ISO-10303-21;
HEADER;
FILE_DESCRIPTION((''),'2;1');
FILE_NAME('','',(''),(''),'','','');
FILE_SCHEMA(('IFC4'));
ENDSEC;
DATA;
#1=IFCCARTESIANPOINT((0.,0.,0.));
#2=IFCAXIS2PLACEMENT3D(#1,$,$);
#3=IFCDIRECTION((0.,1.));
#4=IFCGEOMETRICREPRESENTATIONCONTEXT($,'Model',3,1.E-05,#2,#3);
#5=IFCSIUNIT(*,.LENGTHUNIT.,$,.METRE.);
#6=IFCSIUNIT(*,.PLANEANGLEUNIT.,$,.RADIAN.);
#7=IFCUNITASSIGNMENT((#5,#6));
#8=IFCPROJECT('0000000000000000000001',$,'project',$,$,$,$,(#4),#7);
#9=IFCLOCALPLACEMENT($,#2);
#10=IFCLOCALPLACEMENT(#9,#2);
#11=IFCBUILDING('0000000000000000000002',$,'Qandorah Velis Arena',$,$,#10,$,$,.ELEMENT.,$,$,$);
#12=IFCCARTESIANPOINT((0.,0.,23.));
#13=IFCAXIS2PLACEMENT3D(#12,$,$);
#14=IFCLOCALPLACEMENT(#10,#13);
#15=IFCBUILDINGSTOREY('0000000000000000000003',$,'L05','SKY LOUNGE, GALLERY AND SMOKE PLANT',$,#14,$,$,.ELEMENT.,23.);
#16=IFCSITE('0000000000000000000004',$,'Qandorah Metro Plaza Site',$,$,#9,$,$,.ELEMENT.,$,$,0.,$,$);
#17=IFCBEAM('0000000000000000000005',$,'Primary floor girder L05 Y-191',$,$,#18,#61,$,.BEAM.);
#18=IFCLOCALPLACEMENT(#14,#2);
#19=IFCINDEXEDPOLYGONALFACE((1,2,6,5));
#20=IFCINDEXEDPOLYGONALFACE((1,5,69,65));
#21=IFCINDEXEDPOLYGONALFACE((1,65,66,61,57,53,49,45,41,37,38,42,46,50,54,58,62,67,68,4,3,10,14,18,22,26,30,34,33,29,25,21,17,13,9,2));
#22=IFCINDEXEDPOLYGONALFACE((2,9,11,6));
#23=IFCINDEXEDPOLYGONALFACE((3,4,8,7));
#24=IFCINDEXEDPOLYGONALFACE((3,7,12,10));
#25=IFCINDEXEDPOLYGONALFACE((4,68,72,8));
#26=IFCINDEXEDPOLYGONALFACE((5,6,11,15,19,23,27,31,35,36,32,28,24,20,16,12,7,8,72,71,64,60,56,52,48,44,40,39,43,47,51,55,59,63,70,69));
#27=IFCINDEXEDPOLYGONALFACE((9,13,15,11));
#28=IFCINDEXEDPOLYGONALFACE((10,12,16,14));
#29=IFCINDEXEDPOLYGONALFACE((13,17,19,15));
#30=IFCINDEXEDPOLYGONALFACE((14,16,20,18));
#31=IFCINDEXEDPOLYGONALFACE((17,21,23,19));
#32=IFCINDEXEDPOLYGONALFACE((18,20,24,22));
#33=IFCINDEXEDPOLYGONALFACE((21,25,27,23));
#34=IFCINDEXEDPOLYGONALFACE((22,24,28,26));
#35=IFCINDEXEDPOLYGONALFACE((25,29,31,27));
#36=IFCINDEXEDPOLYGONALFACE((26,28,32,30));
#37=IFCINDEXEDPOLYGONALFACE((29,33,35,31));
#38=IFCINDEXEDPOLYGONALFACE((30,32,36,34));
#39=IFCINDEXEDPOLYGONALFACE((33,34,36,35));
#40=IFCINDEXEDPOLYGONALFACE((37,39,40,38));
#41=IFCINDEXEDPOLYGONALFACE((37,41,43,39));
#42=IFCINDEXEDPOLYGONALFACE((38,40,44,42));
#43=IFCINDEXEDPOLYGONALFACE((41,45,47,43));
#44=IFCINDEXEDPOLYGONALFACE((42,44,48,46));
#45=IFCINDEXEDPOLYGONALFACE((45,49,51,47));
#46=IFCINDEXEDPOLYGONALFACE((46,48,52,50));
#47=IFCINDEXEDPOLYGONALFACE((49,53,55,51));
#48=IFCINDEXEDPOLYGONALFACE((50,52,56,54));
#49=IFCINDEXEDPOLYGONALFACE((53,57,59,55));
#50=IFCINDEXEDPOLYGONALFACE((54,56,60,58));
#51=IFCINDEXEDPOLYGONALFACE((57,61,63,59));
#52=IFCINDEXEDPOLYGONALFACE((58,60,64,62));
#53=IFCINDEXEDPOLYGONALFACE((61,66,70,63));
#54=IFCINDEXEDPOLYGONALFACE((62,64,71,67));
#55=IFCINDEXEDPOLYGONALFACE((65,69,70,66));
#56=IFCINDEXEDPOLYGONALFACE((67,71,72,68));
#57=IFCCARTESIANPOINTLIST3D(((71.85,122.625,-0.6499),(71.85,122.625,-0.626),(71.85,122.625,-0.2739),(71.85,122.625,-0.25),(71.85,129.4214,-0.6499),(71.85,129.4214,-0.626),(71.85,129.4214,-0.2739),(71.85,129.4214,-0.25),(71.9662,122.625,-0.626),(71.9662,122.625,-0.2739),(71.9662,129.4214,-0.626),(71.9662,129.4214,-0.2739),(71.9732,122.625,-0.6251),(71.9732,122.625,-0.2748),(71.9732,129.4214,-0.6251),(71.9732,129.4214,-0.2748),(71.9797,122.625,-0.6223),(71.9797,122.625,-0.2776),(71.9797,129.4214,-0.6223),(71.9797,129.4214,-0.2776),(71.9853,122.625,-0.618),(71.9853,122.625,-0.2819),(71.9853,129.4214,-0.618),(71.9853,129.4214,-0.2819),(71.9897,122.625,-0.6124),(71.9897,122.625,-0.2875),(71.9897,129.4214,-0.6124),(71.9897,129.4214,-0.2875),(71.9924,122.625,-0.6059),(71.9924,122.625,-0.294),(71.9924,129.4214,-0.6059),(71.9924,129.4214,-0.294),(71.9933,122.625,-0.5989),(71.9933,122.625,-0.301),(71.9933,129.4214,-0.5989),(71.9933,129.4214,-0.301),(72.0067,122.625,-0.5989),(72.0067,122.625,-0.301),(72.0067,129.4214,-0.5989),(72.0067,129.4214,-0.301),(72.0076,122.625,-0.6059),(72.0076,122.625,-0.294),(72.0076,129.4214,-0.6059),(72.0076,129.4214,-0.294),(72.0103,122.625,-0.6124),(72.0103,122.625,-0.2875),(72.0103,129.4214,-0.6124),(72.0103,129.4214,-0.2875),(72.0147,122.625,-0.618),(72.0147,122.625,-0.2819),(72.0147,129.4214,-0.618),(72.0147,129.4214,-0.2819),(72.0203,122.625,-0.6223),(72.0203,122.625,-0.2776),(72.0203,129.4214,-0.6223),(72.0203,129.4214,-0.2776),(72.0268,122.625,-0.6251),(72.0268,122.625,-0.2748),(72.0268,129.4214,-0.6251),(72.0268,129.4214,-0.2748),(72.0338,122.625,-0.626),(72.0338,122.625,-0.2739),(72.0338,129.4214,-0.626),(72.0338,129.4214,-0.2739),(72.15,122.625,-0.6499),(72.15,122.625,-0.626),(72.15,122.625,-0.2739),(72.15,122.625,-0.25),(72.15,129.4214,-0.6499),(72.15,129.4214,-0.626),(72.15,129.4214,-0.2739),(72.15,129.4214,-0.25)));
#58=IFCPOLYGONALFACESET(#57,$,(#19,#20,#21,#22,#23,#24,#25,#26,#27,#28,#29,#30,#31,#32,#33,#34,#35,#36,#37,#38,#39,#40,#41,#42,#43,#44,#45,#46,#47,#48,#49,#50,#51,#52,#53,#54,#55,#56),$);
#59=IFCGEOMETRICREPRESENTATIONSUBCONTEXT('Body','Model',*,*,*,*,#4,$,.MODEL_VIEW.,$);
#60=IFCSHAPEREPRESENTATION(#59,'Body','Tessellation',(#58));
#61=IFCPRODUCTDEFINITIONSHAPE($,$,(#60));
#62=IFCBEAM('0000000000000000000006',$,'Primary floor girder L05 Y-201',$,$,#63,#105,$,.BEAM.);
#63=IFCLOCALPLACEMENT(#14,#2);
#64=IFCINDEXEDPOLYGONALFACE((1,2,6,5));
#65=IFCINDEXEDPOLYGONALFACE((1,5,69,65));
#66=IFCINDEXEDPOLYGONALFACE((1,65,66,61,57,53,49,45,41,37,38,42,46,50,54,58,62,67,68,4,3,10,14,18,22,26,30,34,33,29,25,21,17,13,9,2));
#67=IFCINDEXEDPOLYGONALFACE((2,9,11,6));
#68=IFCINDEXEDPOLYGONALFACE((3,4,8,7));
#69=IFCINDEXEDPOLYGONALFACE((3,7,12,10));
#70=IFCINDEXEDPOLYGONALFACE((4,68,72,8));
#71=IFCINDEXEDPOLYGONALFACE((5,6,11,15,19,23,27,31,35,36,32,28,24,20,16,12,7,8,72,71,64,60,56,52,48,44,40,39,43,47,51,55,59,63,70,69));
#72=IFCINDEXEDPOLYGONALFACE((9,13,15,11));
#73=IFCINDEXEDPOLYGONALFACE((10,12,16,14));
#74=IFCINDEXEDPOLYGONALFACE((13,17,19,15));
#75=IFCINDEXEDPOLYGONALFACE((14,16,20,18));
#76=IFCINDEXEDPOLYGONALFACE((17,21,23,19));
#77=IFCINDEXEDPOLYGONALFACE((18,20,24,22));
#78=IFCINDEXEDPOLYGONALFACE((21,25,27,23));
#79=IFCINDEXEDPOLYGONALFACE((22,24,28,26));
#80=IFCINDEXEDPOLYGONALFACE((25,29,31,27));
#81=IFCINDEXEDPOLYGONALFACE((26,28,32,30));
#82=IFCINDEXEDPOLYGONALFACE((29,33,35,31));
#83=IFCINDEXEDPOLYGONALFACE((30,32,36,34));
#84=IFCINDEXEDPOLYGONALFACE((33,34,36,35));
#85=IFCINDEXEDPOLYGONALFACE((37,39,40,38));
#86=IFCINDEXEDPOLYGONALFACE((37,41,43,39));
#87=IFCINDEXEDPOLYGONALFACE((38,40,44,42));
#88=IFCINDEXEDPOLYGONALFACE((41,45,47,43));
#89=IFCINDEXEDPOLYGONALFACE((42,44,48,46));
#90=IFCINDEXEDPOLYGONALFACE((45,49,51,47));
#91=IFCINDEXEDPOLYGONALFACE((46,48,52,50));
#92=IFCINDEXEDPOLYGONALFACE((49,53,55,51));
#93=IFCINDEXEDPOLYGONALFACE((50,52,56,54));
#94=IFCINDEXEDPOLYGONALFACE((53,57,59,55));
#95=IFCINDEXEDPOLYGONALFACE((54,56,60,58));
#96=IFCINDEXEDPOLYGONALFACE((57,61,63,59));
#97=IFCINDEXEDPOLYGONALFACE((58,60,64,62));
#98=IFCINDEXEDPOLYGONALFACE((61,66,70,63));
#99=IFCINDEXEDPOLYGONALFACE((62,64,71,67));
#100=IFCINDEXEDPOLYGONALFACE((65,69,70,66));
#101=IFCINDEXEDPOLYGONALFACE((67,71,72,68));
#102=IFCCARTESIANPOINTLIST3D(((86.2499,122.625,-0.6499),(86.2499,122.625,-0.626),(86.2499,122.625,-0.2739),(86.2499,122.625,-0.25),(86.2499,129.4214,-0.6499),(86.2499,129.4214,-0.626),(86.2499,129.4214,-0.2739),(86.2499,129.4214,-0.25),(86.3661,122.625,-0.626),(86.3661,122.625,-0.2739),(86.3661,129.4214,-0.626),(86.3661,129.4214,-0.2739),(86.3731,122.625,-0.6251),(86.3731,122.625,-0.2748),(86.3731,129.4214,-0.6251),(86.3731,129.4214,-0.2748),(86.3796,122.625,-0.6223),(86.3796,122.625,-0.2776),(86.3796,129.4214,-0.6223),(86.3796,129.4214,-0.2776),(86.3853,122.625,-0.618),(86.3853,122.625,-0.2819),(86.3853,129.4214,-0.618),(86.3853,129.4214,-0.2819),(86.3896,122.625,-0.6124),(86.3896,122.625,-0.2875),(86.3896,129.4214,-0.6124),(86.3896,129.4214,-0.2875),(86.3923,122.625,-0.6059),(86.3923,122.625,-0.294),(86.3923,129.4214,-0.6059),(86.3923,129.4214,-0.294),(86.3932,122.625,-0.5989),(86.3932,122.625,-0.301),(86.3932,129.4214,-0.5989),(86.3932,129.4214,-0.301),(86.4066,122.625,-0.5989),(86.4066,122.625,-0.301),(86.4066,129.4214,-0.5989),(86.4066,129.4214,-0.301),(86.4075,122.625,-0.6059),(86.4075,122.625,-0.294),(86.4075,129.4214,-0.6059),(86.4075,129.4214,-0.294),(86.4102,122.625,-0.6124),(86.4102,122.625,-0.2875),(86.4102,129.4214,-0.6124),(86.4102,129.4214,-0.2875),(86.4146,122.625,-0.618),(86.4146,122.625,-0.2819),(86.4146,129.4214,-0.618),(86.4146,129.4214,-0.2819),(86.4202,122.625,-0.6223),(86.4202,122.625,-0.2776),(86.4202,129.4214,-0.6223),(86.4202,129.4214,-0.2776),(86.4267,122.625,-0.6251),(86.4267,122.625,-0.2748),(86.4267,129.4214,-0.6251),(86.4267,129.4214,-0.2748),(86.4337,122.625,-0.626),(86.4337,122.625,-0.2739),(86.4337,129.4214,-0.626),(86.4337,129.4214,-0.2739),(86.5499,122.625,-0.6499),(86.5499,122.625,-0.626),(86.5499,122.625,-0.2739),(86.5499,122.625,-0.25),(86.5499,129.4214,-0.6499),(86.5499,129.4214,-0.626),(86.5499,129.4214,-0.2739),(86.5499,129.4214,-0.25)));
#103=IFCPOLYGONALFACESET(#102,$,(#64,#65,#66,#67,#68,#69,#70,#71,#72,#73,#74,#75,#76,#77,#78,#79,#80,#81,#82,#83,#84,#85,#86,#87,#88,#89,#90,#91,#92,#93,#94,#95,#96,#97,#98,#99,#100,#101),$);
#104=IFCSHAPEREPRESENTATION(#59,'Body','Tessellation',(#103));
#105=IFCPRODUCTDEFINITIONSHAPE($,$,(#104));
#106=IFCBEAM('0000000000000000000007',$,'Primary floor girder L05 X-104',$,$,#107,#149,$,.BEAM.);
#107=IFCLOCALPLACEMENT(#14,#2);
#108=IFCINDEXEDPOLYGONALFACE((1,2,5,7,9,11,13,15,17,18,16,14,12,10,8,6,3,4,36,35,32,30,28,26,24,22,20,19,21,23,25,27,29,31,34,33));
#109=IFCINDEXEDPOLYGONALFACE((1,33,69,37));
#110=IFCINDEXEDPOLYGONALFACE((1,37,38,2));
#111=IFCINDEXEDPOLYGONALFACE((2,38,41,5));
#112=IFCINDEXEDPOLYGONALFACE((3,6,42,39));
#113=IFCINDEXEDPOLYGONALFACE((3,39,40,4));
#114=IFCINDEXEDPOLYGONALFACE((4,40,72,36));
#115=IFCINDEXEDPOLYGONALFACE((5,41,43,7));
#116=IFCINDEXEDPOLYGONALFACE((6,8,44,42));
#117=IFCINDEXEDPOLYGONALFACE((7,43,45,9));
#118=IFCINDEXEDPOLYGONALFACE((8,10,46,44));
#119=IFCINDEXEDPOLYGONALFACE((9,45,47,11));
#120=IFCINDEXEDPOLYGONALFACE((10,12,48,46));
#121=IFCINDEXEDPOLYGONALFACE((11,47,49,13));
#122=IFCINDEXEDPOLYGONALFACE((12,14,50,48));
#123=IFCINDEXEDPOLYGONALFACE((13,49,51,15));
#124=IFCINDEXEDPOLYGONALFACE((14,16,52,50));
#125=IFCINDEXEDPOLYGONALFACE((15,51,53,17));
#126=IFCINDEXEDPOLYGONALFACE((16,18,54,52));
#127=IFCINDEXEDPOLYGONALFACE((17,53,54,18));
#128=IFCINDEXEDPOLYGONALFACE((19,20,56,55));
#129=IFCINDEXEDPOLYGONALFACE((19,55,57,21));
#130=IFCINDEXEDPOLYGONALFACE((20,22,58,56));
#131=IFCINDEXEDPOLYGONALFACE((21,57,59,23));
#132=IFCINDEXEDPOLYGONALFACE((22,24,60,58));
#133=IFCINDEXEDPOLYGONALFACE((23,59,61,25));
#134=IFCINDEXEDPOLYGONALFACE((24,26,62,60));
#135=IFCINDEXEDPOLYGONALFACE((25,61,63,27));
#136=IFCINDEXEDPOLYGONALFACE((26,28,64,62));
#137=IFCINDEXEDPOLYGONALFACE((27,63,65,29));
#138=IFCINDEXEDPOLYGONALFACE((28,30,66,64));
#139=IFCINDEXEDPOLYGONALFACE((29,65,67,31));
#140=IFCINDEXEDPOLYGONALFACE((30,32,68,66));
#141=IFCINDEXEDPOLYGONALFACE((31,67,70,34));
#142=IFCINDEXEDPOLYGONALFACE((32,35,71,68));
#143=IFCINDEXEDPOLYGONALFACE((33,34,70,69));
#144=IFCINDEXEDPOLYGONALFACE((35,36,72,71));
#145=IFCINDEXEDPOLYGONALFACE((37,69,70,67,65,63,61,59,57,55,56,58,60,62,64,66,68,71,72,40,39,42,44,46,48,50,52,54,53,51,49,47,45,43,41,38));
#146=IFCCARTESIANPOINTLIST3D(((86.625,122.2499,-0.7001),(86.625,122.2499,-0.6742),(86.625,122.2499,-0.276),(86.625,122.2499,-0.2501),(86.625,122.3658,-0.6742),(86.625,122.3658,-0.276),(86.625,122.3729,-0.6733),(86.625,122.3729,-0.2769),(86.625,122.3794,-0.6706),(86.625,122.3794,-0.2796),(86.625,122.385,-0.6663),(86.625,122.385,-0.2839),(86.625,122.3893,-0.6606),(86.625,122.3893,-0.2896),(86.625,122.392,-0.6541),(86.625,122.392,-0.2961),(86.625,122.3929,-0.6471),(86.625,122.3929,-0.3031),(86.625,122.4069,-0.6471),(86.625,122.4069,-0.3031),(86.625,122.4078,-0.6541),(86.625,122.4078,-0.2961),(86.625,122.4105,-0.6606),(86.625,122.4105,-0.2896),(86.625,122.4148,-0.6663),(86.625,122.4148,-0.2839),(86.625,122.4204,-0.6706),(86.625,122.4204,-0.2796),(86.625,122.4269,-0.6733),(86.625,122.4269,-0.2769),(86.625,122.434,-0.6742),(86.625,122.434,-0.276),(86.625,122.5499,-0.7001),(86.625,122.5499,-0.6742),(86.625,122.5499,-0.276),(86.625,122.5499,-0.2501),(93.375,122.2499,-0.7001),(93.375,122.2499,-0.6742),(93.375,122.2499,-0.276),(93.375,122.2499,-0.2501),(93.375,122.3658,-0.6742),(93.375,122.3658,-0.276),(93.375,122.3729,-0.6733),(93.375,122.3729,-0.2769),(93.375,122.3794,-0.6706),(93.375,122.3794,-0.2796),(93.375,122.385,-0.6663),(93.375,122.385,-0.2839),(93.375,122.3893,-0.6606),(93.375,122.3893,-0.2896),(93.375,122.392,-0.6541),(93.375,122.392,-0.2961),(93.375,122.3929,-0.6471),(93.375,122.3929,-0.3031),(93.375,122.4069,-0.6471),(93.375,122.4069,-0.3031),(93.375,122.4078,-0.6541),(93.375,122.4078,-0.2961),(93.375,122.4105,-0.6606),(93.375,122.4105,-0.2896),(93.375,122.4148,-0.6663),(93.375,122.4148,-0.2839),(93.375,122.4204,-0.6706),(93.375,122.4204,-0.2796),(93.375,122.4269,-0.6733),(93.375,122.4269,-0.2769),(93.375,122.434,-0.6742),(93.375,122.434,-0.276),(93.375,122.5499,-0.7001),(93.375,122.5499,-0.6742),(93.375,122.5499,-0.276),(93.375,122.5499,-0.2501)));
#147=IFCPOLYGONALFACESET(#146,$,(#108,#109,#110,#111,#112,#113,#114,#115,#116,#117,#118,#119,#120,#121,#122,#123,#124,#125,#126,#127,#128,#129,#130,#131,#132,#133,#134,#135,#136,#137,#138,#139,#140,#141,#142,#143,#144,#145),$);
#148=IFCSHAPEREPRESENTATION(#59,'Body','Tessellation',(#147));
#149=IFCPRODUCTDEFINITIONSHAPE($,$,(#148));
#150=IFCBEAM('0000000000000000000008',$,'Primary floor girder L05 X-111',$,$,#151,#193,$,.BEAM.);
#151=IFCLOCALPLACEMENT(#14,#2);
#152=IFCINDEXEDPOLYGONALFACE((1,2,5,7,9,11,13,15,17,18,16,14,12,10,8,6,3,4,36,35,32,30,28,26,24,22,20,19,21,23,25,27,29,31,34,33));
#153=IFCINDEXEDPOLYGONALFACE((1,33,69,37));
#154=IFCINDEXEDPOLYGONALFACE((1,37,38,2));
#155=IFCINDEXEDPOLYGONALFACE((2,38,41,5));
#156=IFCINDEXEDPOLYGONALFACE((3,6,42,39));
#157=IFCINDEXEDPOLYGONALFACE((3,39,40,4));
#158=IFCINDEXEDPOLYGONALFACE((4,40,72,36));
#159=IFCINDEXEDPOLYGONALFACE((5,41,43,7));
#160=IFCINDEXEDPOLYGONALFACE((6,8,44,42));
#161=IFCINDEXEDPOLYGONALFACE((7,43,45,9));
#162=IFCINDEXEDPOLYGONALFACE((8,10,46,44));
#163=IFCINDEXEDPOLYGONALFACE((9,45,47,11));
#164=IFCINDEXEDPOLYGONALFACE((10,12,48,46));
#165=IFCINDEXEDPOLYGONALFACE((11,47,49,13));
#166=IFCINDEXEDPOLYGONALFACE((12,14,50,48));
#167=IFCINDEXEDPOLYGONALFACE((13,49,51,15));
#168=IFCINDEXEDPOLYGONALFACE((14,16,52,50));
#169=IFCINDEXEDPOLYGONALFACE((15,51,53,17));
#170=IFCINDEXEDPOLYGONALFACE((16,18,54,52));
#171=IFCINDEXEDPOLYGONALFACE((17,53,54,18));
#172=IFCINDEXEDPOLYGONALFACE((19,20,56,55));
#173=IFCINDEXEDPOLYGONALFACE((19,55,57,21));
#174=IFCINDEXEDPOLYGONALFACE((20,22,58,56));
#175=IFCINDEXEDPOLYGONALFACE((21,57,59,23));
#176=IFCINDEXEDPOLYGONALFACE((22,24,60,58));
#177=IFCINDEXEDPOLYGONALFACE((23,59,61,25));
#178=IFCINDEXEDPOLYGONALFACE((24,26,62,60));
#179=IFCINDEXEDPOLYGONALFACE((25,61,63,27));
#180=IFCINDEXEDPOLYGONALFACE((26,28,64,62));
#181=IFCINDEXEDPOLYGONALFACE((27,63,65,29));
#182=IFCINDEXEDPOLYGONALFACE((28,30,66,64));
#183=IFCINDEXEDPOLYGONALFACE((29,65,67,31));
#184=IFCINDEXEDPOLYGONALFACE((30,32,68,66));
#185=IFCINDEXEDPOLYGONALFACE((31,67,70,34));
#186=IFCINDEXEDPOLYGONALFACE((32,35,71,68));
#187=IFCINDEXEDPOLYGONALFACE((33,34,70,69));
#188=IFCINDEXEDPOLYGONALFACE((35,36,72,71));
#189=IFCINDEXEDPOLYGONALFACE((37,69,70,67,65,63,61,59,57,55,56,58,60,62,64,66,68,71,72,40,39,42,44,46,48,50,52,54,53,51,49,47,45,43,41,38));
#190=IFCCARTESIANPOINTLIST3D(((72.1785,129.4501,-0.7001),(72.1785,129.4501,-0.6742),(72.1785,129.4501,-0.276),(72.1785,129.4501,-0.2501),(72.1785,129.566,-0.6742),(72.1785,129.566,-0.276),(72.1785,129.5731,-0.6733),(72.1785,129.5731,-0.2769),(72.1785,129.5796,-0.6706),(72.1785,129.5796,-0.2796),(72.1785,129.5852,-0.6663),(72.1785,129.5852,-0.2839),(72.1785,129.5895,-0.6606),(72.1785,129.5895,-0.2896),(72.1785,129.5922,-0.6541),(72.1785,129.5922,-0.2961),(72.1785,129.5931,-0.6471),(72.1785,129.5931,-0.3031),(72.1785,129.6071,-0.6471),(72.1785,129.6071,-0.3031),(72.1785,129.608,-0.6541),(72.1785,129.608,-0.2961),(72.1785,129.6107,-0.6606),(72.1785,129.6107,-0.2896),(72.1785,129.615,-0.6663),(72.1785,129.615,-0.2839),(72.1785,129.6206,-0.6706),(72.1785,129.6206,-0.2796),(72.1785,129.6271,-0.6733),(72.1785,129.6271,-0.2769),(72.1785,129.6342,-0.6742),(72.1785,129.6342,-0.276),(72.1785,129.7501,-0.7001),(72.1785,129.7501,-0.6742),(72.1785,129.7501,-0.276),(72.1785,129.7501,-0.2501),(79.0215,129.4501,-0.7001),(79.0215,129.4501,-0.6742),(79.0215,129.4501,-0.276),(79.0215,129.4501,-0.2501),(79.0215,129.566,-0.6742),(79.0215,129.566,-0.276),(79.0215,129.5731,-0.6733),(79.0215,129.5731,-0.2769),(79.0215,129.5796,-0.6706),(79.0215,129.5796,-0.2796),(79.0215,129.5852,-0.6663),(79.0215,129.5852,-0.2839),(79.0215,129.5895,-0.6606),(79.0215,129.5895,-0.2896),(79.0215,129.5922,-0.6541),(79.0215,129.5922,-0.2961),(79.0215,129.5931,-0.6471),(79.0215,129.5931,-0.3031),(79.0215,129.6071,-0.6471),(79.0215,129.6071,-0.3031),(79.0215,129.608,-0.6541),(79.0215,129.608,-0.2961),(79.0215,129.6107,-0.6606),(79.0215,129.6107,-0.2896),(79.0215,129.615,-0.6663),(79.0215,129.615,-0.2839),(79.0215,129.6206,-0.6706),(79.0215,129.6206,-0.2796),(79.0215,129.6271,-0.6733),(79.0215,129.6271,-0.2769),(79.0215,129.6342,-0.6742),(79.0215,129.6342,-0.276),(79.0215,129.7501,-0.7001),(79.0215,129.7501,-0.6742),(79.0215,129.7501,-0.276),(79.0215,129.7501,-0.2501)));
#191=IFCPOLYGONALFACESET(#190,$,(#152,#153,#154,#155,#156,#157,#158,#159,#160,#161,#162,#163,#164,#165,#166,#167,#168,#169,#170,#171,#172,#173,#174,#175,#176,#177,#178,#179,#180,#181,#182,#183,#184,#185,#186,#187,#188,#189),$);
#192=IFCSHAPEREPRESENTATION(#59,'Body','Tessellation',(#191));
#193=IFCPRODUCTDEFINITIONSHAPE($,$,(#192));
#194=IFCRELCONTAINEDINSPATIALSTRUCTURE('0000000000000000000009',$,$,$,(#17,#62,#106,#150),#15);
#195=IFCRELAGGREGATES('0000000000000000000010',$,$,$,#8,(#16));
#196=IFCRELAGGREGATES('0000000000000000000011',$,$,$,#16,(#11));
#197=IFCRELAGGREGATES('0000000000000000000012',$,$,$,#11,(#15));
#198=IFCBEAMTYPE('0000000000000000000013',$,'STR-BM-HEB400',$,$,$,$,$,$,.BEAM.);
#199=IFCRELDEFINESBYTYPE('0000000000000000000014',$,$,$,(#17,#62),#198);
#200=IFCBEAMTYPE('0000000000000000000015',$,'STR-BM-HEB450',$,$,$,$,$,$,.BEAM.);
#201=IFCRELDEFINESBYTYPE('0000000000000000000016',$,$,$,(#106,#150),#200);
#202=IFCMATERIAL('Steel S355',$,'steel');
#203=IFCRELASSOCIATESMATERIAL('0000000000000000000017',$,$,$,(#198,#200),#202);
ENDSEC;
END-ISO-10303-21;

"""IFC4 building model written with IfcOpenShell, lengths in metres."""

from ifc_helpers import new_model, si_unit, direction, frame, origin, origin_2d, place, context, subcontext, project, spatial, i_section, extrude, material, material_profile, profile_set, type_object, element, save


model = new_model("IFC4")

# Units and contexts
model_context = context("Model", 3, precision=1e-05, world=origin(), true_north=direction((0.0, 1.0)))
body_context = subcontext(model_context, "Body", "Model", "MODEL_VIEW")
ifc_project = project(units=[si_unit("LENGTHUNIT", "METRE"), si_unit("PLANEANGLEUNIT", "RADIAN")], contexts=[model_context])

# Site, building, storey
site_placement = place(None, origin())
site = spatial("IfcSite", under=ifc_project, at=site_placement, Name="Qandorah Metro Plaza Site", CompositionType="ELEMENT", RefElevation=0.0)
building_placement = place(site_placement, origin())
building = spatial("IfcBuilding", under=site, at=building_placement, Name="Qandorah Velis Arena", CompositionType="ELEMENT")
storey_placement = place(building_placement, frame((0.0, 0.0, 23.0)))
storey = spatial("IfcBuildingStorey", under=building, at=storey_placement, Name="L05", Description="SKY LOUNGE, GALLERY AND SMOKE PLANT", CompositionType="ELEMENT", Elevation=23.0)

# Beams
ifc_material_1 = material(Name="Steel S355", Category="steel")
ifc_material_profile_1 = material_profile(ifc_material_1, i_section(OverallWidth=0.3, OverallDepth=0.3999, WebThickness=0.0134, FlangeThickness=0.0239, FilletRadius=0.0271, at=origin_2d()), Name="HEB 400")
ifc_profile_set_1 = profile_set([ifc_material_profile_1], Name="Steel S355")
beam_type_1 = type_object("IfcBeamType", Name="STR-BM-HEB400", PredefinedType="BEAM", material=ifc_profile_set_1)
for number, where, z_axis, x_axis, name in (
    (1, (72.0, 122.625, -0.45), (0.0, 1.0, 0.0), (-1.0, 0.0, 0.0), "Primary floor girder L05 Y-191"),
    (2, (86.3999, 122.625, -0.45), (0.0, 1.0, 0.0), (-1.0, 0.0, 0.0), "Primary floor girder L05 Y-201"),
):
    element("IfcBeam", number, at=place(storey_placement, frame(where, z_axis=z_axis, x_axis=x_axis)), inside=storey, type_object=beam_type_1, Name=name, PredefinedType="BEAM", context=body_context, shape_type="SweptSolid", body=[
        extrude(i_section(OverallWidth=0.3, OverallDepth=0.3999, WebThickness=0.0134, FlangeThickness=0.0239, FilletRadius=0.0271, at=origin_2d()), origin(), (0.0, 0.0, 1.0), 6.7964),
    ])
ifc_material_profile_2 = material_profile(ifc_material_1, i_section(OverallWidth=0.3, OverallDepth=0.45, WebThickness=0.0139, FlangeThickness=0.0259, FilletRadius=0.0271, at=origin_2d()), Name="HEB 450")
ifc_profile_set_2 = profile_set([ifc_material_profile_2], Name="Steel S355")
beam_type_2 = type_object("IfcBeamType", Name="STR-BM-HEB450", PredefinedType="BEAM", material=ifc_profile_set_2)
beam_1_placement = place(storey_placement, frame((86.625, 122.3999, -0.4751), z_axis=(1.0, 0.0, 0.0), x_axis=(0.0, 1.0, 0.0)))
element("IfcBeam", 3, at=beam_1_placement, inside=storey, type_object=beam_type_2, Name="Primary floor girder L05 X-104", PredefinedType="BEAM", context=body_context, shape_type="SweptSolid", body=[
    extrude(i_section(OverallWidth=0.3, OverallDepth=0.45, WebThickness=0.0139, FlangeThickness=0.0259, FilletRadius=0.0271, at=origin_2d()), origin(), (0.0, 0.0, 1.0), 6.75),
])
for number, where, z_axis, x_axis, name in (
    (4, (72.1785, 129.6001, -0.4751), (1.0, 0.0, 0.0), (0.0, 1.0, 0.0), "Primary floor girder L05 X-111"),
):
    element("IfcBeam", number, at=place(storey_placement, frame(where, z_axis=z_axis, x_axis=x_axis)), inside=storey, type_object=beam_type_2, Name=name, PredefinedType="BEAM", context=body_context, shape_type="SweptSolid", body=[
        extrude(i_section(OverallWidth=0.3, OverallDepth=0.45, WebThickness=0.0139, FlangeThickness=0.0259, FilletRadius=0.0271, at=origin_2d()), origin(), (0.0, 0.0, 1.0), 6.843),
    ])

save(model, "model.ifc")
